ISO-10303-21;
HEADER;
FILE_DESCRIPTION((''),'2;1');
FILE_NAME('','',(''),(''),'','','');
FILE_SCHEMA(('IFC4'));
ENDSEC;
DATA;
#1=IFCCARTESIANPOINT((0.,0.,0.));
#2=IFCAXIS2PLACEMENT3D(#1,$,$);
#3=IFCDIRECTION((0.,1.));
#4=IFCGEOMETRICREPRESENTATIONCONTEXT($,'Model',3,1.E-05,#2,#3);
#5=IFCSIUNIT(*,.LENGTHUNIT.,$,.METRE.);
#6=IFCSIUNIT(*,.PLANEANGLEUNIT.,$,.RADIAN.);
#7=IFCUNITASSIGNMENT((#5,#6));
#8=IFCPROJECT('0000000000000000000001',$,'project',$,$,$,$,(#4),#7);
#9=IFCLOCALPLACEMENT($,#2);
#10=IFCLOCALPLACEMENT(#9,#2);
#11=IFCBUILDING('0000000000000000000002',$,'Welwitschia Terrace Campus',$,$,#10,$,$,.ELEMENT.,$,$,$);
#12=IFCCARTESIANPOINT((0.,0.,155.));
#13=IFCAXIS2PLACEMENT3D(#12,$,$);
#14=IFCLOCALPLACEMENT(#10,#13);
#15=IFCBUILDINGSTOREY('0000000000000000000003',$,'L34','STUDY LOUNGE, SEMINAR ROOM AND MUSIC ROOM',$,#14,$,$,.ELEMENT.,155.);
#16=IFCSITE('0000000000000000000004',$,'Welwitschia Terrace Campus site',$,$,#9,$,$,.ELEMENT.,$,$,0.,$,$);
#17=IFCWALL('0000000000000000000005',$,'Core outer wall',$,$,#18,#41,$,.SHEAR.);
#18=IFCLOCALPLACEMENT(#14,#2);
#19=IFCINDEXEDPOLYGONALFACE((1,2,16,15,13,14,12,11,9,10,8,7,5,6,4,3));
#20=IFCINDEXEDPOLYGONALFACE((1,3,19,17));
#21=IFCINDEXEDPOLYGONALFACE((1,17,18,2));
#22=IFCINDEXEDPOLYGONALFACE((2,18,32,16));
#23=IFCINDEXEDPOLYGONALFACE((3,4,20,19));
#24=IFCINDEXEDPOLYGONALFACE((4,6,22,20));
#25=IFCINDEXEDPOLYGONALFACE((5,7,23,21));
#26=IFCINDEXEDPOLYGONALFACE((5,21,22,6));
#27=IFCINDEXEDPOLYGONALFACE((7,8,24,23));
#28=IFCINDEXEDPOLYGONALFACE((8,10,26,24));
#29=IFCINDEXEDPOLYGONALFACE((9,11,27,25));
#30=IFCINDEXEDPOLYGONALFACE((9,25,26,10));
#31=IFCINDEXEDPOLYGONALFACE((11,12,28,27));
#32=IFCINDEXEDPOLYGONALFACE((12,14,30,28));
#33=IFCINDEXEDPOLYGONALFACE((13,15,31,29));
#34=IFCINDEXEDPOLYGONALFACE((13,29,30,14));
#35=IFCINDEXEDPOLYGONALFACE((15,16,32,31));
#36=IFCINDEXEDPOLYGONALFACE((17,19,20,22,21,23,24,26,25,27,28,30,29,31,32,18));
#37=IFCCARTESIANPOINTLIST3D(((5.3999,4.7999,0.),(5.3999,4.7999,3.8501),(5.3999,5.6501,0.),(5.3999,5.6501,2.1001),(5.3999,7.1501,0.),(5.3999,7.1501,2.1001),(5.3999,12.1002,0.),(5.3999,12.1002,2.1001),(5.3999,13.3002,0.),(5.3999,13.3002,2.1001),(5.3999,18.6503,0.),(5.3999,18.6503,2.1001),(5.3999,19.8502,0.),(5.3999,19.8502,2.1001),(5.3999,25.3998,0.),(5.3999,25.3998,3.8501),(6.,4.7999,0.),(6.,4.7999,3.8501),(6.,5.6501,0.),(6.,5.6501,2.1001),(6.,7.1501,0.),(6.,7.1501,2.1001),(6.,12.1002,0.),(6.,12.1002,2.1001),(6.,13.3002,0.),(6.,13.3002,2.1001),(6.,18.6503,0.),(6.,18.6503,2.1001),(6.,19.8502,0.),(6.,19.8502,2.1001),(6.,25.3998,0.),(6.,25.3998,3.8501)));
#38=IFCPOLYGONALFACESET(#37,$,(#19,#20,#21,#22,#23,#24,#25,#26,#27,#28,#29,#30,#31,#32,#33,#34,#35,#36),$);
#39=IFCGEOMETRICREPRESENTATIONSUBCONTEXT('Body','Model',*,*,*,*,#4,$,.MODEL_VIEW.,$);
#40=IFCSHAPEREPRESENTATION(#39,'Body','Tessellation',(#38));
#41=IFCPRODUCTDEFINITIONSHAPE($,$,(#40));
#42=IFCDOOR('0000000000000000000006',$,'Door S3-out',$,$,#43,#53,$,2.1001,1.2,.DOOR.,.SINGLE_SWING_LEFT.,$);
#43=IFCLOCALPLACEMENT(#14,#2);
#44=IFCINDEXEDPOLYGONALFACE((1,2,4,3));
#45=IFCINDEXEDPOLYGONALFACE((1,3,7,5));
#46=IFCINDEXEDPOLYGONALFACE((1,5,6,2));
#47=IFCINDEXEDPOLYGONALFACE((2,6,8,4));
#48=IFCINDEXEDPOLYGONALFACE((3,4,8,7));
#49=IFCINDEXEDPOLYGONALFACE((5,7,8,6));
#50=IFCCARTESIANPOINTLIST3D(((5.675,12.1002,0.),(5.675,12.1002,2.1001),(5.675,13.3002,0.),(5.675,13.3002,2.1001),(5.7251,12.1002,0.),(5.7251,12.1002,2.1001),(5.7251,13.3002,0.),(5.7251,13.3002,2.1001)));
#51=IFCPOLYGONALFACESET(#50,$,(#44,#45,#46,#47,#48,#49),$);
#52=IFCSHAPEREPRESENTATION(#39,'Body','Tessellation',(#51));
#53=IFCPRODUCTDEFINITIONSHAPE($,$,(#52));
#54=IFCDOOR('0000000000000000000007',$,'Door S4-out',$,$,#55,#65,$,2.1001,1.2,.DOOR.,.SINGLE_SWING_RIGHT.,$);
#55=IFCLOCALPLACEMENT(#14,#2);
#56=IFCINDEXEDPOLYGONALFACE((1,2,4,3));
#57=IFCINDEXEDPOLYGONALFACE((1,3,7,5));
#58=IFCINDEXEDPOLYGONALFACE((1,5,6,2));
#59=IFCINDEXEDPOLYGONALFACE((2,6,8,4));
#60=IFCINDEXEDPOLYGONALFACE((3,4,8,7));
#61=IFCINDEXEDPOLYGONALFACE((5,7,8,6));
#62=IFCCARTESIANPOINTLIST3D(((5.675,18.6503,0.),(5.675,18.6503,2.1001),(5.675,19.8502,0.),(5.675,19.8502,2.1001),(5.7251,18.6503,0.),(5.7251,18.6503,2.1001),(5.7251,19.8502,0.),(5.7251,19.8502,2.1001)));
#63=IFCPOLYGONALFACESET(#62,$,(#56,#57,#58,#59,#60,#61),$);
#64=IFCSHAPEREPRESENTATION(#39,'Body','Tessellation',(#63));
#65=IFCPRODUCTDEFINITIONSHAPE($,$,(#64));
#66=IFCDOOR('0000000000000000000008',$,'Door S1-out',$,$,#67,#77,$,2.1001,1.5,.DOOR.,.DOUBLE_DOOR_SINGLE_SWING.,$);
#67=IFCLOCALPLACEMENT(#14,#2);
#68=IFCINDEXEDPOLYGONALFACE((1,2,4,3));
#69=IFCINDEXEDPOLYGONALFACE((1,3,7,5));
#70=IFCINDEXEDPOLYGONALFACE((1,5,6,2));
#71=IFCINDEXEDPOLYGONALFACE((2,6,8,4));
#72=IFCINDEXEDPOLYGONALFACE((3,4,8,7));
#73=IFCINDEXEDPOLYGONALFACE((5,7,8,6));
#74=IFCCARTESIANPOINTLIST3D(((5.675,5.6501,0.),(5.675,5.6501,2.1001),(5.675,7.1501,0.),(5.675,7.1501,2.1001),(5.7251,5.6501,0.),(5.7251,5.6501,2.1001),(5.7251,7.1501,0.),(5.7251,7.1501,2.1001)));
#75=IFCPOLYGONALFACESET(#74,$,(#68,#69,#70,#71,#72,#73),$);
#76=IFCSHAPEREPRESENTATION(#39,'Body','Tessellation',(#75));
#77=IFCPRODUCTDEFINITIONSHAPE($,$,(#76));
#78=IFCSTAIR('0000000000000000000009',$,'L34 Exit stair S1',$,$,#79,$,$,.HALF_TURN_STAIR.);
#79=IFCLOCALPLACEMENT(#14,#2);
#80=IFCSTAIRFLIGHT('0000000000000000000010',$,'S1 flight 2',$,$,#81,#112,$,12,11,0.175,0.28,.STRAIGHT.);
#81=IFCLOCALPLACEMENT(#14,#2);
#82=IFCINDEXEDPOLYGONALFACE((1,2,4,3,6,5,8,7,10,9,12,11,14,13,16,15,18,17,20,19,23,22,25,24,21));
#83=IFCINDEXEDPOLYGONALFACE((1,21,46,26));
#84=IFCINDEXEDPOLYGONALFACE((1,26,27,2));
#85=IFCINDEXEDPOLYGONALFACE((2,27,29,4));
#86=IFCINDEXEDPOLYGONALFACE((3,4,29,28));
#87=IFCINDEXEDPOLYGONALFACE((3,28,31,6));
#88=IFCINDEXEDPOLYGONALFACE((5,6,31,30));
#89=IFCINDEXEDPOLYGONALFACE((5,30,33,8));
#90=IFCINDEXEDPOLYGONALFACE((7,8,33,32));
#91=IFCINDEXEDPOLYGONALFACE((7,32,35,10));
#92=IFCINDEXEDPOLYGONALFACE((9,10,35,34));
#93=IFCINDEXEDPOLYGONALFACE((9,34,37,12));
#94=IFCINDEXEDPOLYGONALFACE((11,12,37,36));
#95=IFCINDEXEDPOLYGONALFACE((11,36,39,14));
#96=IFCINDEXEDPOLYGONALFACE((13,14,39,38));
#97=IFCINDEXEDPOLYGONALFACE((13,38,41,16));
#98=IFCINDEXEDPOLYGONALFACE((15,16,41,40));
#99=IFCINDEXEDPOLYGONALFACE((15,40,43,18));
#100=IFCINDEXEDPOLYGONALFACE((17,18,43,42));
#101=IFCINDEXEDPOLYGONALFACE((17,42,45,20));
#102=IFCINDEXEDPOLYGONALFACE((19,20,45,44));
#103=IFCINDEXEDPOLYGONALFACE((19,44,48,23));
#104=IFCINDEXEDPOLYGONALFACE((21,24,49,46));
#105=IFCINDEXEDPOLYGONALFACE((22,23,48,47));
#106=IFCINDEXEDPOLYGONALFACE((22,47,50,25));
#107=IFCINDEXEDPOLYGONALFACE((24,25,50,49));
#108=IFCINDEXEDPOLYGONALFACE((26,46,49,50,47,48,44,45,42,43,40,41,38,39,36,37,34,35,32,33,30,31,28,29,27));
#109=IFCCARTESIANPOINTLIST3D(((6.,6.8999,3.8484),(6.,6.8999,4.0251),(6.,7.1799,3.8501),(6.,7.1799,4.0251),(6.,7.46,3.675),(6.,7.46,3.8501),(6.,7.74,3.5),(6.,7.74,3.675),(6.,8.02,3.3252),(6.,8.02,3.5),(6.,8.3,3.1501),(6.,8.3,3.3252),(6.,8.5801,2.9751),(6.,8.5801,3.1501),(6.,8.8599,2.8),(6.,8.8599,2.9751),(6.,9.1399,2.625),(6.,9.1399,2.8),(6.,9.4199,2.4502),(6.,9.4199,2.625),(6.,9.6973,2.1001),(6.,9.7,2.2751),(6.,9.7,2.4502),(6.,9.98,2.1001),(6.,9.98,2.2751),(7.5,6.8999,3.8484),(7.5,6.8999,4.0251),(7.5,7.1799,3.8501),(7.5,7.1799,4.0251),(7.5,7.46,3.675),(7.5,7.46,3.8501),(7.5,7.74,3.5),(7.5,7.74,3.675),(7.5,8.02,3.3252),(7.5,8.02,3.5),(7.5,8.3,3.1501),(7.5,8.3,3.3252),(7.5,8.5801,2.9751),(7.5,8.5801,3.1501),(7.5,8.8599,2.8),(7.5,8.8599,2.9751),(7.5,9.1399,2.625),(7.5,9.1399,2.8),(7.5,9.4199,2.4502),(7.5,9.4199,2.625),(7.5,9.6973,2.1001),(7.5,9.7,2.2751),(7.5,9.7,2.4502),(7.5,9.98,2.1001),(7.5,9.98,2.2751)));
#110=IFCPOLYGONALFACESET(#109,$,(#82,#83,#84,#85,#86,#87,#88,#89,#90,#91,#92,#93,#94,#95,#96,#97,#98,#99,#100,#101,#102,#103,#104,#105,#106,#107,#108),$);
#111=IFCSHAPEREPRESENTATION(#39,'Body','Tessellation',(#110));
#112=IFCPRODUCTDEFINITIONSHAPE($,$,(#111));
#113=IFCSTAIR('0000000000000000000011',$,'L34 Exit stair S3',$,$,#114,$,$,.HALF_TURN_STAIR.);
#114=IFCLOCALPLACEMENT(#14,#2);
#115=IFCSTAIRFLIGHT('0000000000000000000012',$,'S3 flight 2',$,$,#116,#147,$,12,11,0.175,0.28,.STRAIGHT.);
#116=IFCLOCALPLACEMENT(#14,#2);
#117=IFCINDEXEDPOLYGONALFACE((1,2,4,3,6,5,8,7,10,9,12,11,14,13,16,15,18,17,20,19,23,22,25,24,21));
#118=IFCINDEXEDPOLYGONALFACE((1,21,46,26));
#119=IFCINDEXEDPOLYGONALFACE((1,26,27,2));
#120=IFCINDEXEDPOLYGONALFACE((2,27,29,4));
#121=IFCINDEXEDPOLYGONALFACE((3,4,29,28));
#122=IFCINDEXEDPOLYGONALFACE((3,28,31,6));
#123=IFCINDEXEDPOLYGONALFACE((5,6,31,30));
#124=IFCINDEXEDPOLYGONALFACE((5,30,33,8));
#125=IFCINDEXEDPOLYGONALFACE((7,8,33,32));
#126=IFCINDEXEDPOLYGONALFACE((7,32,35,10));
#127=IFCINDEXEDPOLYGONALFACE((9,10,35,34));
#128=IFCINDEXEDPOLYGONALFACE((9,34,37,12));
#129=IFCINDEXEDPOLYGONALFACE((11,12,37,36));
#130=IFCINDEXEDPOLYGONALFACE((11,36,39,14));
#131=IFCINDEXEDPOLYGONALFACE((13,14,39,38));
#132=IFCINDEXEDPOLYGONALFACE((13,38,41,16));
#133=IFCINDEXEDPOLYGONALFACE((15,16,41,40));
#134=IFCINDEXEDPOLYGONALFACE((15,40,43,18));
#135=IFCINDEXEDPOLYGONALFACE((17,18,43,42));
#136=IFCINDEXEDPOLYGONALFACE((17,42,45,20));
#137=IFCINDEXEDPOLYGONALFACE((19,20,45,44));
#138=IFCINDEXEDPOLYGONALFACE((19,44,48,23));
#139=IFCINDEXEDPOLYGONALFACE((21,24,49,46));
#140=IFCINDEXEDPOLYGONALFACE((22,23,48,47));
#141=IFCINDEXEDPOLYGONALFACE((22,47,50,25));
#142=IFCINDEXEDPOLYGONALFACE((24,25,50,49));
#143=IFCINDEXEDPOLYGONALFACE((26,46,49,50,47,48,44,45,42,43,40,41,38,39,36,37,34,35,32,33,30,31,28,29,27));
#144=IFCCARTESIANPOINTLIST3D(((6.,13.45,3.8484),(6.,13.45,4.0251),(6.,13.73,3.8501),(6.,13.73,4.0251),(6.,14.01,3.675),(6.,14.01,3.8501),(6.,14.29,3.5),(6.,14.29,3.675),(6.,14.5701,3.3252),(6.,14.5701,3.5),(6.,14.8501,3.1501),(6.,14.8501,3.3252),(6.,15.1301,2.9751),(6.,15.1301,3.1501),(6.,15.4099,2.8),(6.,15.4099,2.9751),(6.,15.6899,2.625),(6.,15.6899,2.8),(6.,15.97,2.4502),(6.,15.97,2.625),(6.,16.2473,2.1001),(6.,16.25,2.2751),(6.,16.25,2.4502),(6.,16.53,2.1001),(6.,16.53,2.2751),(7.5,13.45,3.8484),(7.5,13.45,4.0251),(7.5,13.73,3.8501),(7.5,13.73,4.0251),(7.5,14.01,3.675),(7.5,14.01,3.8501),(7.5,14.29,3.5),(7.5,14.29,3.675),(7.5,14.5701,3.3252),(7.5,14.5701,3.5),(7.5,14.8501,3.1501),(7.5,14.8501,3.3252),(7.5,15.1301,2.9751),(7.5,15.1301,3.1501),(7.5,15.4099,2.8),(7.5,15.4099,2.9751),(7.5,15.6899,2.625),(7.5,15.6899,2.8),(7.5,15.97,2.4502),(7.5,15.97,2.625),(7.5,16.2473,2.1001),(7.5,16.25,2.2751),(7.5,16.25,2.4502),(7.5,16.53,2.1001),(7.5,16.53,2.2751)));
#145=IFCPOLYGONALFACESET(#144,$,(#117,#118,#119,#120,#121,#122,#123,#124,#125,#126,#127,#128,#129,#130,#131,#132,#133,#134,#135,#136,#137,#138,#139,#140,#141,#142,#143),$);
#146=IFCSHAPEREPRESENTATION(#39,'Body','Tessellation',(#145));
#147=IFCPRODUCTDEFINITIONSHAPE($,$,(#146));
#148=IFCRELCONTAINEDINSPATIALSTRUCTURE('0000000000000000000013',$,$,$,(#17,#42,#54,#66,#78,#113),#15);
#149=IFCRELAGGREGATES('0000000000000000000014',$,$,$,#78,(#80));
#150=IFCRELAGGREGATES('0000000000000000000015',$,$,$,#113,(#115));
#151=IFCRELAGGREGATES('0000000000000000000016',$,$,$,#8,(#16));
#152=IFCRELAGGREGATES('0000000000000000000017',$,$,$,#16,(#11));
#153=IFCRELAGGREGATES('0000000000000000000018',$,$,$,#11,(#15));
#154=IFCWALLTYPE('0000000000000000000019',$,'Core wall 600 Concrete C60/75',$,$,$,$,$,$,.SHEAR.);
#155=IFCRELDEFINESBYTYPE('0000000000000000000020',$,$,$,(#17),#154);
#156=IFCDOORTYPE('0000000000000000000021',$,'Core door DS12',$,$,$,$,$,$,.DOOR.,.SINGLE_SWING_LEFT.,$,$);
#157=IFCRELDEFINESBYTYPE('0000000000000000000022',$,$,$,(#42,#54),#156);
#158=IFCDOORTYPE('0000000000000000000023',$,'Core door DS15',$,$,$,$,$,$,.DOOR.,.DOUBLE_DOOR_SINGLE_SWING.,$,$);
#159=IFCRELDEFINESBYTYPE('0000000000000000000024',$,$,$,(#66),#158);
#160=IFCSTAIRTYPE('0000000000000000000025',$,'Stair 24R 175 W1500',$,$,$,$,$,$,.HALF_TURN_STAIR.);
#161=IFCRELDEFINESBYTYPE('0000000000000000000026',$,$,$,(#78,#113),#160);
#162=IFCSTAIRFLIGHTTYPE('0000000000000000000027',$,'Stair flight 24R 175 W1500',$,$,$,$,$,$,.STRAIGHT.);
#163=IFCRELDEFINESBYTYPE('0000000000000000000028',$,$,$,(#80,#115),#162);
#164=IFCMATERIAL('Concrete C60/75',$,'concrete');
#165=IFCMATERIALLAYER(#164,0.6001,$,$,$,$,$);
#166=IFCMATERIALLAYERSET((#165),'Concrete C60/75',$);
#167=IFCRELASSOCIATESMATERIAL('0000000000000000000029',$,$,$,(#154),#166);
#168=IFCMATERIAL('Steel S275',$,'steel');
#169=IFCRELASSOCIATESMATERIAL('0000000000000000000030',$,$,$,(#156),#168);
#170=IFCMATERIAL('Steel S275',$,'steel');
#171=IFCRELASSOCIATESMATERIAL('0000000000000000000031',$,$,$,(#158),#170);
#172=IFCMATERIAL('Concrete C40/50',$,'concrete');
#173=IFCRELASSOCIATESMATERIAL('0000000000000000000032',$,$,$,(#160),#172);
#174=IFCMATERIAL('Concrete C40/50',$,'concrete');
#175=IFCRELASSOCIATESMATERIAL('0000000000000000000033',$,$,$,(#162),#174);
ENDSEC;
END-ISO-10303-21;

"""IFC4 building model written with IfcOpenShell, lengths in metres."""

from ifc_helpers import new_model, si_unit, direction, frame, frame_2d, origin, place, context, subcontext, project, spatial, polyline, rectangle, outline, extrude, material, layer, layer_set, type_object, element, fill, aggregate, save


model = new_model("IFC4")

# Units and contexts
model_context = context("Model", 3, precision=1e-05, world=origin(), true_north=direction((0.0, 1.0)))
body_context = subcontext(model_context, "Body", "Model", "MODEL_VIEW")
ifc_project = project(units=[si_unit("LENGTHUNIT", "METRE"), si_unit("PLANEANGLEUNIT", "RADIAN")], contexts=[model_context])

# Site, building, storey
site_placement = place(None, origin())
site = spatial("IfcSite", under=ifc_project, at=site_placement, Name="Welwitschia Terrace Campus site", CompositionType="ELEMENT", RefElevation=0.0)
building_placement = place(site_placement, origin())
building = spatial("IfcBuilding", under=site, at=building_placement, Name="Welwitschia Terrace Campus", CompositionType="ELEMENT")
storey_placement = place(building_placement, frame((0.0, 0.0, 155.0)))
storey = spatial("IfcBuildingStorey", under=building, at=storey_placement, Name="L34", Description="STUDY LOUNGE, SEMINAR ROOM AND MUSIC ROOM", CompositionType="ELEMENT", Elevation=155.0)

# Wall, openings, doors
ifc_material_1 = material(Name="Concrete C60/75", Category="concrete")
ifc_layer_1 = layer(ifc_material_1, 0.6001)
ifc_layer_set_1 = layer_set([ifc_layer_1], Name="Concrete C60/75")
wall_type_1 = type_object("IfcWallType", Name="Core wall 600 Concrete C60/75", PredefinedType="SHEAR", material=ifc_layer_set_1)
wall_placement = place(storey_placement, frame((5.7, 4.8, 0.0), z_axis=(0.0, 0.0, 1.0), x_axis=(0.0, 1.0, 0.0)))
wall = element("IfcWall", 1, at=wall_placement, inside=storey, type_object=wall_type_1, Name="Core outer wall", PredefinedType="SHEAR", context=body_context, shape_type="SweptSolid", body=[
    extrude(rectangle(XDim=20.5999, YDim=0.6001, at=frame_2d((10.2998, 0.0))), origin(), (0.0, 0.0, 1.0), 3.8501),
])
opening_1_placement = place(wall_placement, frame((0.8501, 0.0, 0.0)))
opening_1 = element("IfcOpeningElement", 2, at=opening_1_placement, cuts=wall, PredefinedType="OPENING", context=body_context, shape_type="SweptSolid", body=[
    extrude(rectangle(XDim=1.5, YDim=2.1001, at=frame_2d((0.75, 1.05))), frame((0.0, 0.3101, 0.0), z_axis=(0.0, -1.0, 0.0), x_axis=(1.0, 0.0, 0.0)), (0.0, 0.0, 1.0), 0.6201),
])
opening_2_placement = place(wall_placement, frame((7.3, 0.0, 0.0)))
opening_2 = element("IfcOpeningElement", 3, at=opening_2_placement, cuts=wall, PredefinedType="OPENING", context=body_context, shape_type="SweptSolid", body=[
    extrude(rectangle(XDim=1.2, YDim=2.1001, at=frame_2d((0.6001, 1.05))), frame((0.0, 0.3101, 0.0), z_axis=(0.0, -1.0, 0.0), x_axis=(1.0, 0.0, 0.0)), (0.0, 0.0, 1.0), 0.6201),
])
opening_3_placement = place(wall_placement, frame((13.8501, 0.0, 0.0)))
opening_3 = element("IfcOpeningElement", 4, at=opening_3_placement, cuts=wall, PredefinedType="OPENING", context=body_context, shape_type="SweptSolid", body=[
    extrude(rectangle(XDim=1.2, YDim=2.1001, at=frame_2d((0.6001, 1.05))), frame((0.0, 0.3101, 0.0), z_axis=(0.0, -1.0, 0.0), x_axis=(1.0, 0.0, 0.0)), (0.0, 0.0, 1.0), 0.6201),
])
ifc_material_2 = material(Name="Steel S275", Category="steel")
door_type_1 = type_object("IfcDoorType", Name="Core door DS12", OperationType="SINGLE_SWING_LEFT", PredefinedType="DOOR", material=ifc_material_2)
door_1_placement = place(opening_2_placement, origin())
door_1 = element("IfcDoor", 5, at=door_1_placement, inside=storey, type_object=door_type_1, Name="Door S3-out", OperationType="SINGLE_SWING_LEFT", OverallHeight=2.1001, OverallWidth=1.2, PredefinedType="DOOR", context=body_context, shape_type="SweptSolid", body=[
    extrude(rectangle(XDim=1.2, YDim=2.1001, at=frame_2d((0.6001, 1.05))), frame((0.0, 0.0249, 0.0), z_axis=(0.0, -1.0, 0.0), x_axis=(1.0, 0.0, 0.0)), (0.0, 0.0, 1.0), 0.05),
])
fill(opening_2, door_1)
door_2_placement = place(opening_3_placement, origin())
door_2 = element("IfcDoor", 6, at=door_2_placement, inside=storey, type_object=door_type_1, Name="Door S4-out", OperationType="SINGLE_SWING_RIGHT", OverallHeight=2.1001, OverallWidth=1.2, PredefinedType="DOOR", context=body_context, shape_type="SweptSolid", body=[
    extrude(rectangle(XDim=1.2, YDim=2.1001, at=frame_2d((0.6001, 1.05))), frame((0.0, 0.0249, 0.0), z_axis=(0.0, -1.0, 0.0), x_axis=(1.0, 0.0, 0.0)), (0.0, 0.0, 1.0), 0.05),
])
fill(opening_3, door_2)
ifc_material_3 = material(Name="Steel S275", Category="steel")
door_type_2 = type_object("IfcDoorType", Name="Core door DS15", OperationType="DOUBLE_DOOR_SINGLE_SWING", PredefinedType="DOOR", material=ifc_material_3)
door_3_placement = place(opening_1_placement, origin())
door_3 = element("IfcDoor", 7, at=door_3_placement, inside=storey, type_object=door_type_2, Name="Door S1-out", OperationType="DOUBLE_DOOR_SINGLE_SWING", OverallHeight=2.1001, OverallWidth=1.5, PredefinedType="DOOR", context=body_context, shape_type="SweptSolid", body=[
    extrude(rectangle(XDim=1.5, YDim=2.1001, at=frame_2d((0.75, 1.05))), frame((0.0, 0.0249, 0.0), z_axis=(0.0, -1.0, 0.0), x_axis=(1.0, 0.0, 0.0)), (0.0, 0.0, 1.0), 0.05),
])
fill(opening_1, door_3)

# Stairs, stair flights
ifc_material_4 = material(Name="Concrete C40/50", Category="concrete")
stair_type = type_object("IfcStairType", Name="Stair 24R 175 W1500", PredefinedType="HALF_TURN_STAIR", material=ifc_material_4)
stair_1_placement = place(storey_placement, origin())
stair_1 = element("IfcStair", 8, at=stair_1_placement, inside=storey, type_object=stair_type, Name="L34 Exit stair S1", PredefinedType="HALF_TURN_STAIR")
ifc_material_5 = material(Name="Concrete C40/50", Category="concrete")
stair_flight_type = type_object("IfcStairFlightType", Name="Stair flight 24R 175 W1500", PredefinedType="STRAIGHT", material=ifc_material_5)
stair_flight_1_placement = place(storey_placement, frame((6.75, 9.98, 2.1001), z_axis=(0.0, 0.0, 1.0), x_axis=(0.0, -1.0, 0.0)))
stair_flight_1 = element("IfcStairFlight", 9, at=stair_flight_1_placement, type_object=stair_flight_type, Name="S1 flight 2", NumberOfRisers=12, NumberOfTreads=11, PredefinedType="STRAIGHT", RiserHeight=0.175, TreadLength=0.28, context=body_context, shape_type="SweptSolid", body=[
    extrude(outline(polyline([(0.0, 0.0), (0.0, 0.175), (0.28, 0.175), (0.28, 0.3501), (0.5601, 0.3501), (0.5601, 0.5249), (0.8401, 0.5249), (0.8401, 0.7), (1.1201, 0.7), (1.1201, 0.875), (1.3999, 0.875), (1.3999, 1.05), (1.6799, 1.05), (1.6799, 1.2251), (1.96, 1.2251), (1.96, 1.3999), (2.24, 1.3999), (2.24, 1.575), (2.52, 1.575), (2.52, 1.75), (2.8, 1.75), (2.8, 1.925), (3.0801, 1.925), (3.0801, 2.1001), (3.0801, 1.7483), (0.2827, 0.0), (0.0, 0.0)])), frame((0.0, 0.75, 0.0), z_axis=(0.0, -1.0, 0.0), x_axis=(1.0, 0.0, 0.0)), (0.0, 0.0, 1.0), 1.5),
])
aggregate(stair_1, [stair_flight_1])
stair_2_placement = place(storey_placement, origin())
stair_2 = element("IfcStair", 10, at=stair_2_placement, inside=storey, type_object=stair_type, Name="L34 Exit stair S3", PredefinedType="HALF_TURN_STAIR")
stair_flight_2_placement = place(storey_placement, frame((6.75, 16.53, 2.1001), z_axis=(0.0, 0.0, 1.0), x_axis=(0.0, -1.0, 0.0)))
stair_flight_2 = element("IfcStairFlight", 11, at=stair_flight_2_placement, type_object=stair_flight_type, Name="S3 flight 2", NumberOfRisers=12, NumberOfTreads=11, PredefinedType="STRAIGHT", RiserHeight=0.175, TreadLength=0.28, context=body_context, shape_type="SweptSolid", body=[
    extrude(outline(polyline([(0.0, 0.0), (0.0, 0.175), (0.28, 0.175), (0.28, 0.3501), (0.5601, 0.3501), (0.5601, 0.5249), (0.8401, 0.5249), (0.8401, 0.7), (1.1201, 0.7), (1.1201, 0.875), (1.3999, 0.875), (1.3999, 1.05), (1.6799, 1.05), (1.6799, 1.2251), (1.96, 1.2251), (1.96, 1.3999), (2.24, 1.3999), (2.24, 1.575), (2.52, 1.575), (2.52, 1.75), (2.8, 1.75), (2.8, 1.925), (3.0801, 1.925), (3.0801, 2.1001), (3.0801, 1.7483), (0.2827, 0.0), (0.0, 0.0)])), frame((0.0, 0.75, 0.0), z_axis=(0.0, -1.0, 0.0), x_axis=(1.0, 0.0, 0.0)), (0.0, 0.0, 1.0), 1.5),
])
aggregate(stair_2, [stair_flight_2])

save(model, "model.ifc")
